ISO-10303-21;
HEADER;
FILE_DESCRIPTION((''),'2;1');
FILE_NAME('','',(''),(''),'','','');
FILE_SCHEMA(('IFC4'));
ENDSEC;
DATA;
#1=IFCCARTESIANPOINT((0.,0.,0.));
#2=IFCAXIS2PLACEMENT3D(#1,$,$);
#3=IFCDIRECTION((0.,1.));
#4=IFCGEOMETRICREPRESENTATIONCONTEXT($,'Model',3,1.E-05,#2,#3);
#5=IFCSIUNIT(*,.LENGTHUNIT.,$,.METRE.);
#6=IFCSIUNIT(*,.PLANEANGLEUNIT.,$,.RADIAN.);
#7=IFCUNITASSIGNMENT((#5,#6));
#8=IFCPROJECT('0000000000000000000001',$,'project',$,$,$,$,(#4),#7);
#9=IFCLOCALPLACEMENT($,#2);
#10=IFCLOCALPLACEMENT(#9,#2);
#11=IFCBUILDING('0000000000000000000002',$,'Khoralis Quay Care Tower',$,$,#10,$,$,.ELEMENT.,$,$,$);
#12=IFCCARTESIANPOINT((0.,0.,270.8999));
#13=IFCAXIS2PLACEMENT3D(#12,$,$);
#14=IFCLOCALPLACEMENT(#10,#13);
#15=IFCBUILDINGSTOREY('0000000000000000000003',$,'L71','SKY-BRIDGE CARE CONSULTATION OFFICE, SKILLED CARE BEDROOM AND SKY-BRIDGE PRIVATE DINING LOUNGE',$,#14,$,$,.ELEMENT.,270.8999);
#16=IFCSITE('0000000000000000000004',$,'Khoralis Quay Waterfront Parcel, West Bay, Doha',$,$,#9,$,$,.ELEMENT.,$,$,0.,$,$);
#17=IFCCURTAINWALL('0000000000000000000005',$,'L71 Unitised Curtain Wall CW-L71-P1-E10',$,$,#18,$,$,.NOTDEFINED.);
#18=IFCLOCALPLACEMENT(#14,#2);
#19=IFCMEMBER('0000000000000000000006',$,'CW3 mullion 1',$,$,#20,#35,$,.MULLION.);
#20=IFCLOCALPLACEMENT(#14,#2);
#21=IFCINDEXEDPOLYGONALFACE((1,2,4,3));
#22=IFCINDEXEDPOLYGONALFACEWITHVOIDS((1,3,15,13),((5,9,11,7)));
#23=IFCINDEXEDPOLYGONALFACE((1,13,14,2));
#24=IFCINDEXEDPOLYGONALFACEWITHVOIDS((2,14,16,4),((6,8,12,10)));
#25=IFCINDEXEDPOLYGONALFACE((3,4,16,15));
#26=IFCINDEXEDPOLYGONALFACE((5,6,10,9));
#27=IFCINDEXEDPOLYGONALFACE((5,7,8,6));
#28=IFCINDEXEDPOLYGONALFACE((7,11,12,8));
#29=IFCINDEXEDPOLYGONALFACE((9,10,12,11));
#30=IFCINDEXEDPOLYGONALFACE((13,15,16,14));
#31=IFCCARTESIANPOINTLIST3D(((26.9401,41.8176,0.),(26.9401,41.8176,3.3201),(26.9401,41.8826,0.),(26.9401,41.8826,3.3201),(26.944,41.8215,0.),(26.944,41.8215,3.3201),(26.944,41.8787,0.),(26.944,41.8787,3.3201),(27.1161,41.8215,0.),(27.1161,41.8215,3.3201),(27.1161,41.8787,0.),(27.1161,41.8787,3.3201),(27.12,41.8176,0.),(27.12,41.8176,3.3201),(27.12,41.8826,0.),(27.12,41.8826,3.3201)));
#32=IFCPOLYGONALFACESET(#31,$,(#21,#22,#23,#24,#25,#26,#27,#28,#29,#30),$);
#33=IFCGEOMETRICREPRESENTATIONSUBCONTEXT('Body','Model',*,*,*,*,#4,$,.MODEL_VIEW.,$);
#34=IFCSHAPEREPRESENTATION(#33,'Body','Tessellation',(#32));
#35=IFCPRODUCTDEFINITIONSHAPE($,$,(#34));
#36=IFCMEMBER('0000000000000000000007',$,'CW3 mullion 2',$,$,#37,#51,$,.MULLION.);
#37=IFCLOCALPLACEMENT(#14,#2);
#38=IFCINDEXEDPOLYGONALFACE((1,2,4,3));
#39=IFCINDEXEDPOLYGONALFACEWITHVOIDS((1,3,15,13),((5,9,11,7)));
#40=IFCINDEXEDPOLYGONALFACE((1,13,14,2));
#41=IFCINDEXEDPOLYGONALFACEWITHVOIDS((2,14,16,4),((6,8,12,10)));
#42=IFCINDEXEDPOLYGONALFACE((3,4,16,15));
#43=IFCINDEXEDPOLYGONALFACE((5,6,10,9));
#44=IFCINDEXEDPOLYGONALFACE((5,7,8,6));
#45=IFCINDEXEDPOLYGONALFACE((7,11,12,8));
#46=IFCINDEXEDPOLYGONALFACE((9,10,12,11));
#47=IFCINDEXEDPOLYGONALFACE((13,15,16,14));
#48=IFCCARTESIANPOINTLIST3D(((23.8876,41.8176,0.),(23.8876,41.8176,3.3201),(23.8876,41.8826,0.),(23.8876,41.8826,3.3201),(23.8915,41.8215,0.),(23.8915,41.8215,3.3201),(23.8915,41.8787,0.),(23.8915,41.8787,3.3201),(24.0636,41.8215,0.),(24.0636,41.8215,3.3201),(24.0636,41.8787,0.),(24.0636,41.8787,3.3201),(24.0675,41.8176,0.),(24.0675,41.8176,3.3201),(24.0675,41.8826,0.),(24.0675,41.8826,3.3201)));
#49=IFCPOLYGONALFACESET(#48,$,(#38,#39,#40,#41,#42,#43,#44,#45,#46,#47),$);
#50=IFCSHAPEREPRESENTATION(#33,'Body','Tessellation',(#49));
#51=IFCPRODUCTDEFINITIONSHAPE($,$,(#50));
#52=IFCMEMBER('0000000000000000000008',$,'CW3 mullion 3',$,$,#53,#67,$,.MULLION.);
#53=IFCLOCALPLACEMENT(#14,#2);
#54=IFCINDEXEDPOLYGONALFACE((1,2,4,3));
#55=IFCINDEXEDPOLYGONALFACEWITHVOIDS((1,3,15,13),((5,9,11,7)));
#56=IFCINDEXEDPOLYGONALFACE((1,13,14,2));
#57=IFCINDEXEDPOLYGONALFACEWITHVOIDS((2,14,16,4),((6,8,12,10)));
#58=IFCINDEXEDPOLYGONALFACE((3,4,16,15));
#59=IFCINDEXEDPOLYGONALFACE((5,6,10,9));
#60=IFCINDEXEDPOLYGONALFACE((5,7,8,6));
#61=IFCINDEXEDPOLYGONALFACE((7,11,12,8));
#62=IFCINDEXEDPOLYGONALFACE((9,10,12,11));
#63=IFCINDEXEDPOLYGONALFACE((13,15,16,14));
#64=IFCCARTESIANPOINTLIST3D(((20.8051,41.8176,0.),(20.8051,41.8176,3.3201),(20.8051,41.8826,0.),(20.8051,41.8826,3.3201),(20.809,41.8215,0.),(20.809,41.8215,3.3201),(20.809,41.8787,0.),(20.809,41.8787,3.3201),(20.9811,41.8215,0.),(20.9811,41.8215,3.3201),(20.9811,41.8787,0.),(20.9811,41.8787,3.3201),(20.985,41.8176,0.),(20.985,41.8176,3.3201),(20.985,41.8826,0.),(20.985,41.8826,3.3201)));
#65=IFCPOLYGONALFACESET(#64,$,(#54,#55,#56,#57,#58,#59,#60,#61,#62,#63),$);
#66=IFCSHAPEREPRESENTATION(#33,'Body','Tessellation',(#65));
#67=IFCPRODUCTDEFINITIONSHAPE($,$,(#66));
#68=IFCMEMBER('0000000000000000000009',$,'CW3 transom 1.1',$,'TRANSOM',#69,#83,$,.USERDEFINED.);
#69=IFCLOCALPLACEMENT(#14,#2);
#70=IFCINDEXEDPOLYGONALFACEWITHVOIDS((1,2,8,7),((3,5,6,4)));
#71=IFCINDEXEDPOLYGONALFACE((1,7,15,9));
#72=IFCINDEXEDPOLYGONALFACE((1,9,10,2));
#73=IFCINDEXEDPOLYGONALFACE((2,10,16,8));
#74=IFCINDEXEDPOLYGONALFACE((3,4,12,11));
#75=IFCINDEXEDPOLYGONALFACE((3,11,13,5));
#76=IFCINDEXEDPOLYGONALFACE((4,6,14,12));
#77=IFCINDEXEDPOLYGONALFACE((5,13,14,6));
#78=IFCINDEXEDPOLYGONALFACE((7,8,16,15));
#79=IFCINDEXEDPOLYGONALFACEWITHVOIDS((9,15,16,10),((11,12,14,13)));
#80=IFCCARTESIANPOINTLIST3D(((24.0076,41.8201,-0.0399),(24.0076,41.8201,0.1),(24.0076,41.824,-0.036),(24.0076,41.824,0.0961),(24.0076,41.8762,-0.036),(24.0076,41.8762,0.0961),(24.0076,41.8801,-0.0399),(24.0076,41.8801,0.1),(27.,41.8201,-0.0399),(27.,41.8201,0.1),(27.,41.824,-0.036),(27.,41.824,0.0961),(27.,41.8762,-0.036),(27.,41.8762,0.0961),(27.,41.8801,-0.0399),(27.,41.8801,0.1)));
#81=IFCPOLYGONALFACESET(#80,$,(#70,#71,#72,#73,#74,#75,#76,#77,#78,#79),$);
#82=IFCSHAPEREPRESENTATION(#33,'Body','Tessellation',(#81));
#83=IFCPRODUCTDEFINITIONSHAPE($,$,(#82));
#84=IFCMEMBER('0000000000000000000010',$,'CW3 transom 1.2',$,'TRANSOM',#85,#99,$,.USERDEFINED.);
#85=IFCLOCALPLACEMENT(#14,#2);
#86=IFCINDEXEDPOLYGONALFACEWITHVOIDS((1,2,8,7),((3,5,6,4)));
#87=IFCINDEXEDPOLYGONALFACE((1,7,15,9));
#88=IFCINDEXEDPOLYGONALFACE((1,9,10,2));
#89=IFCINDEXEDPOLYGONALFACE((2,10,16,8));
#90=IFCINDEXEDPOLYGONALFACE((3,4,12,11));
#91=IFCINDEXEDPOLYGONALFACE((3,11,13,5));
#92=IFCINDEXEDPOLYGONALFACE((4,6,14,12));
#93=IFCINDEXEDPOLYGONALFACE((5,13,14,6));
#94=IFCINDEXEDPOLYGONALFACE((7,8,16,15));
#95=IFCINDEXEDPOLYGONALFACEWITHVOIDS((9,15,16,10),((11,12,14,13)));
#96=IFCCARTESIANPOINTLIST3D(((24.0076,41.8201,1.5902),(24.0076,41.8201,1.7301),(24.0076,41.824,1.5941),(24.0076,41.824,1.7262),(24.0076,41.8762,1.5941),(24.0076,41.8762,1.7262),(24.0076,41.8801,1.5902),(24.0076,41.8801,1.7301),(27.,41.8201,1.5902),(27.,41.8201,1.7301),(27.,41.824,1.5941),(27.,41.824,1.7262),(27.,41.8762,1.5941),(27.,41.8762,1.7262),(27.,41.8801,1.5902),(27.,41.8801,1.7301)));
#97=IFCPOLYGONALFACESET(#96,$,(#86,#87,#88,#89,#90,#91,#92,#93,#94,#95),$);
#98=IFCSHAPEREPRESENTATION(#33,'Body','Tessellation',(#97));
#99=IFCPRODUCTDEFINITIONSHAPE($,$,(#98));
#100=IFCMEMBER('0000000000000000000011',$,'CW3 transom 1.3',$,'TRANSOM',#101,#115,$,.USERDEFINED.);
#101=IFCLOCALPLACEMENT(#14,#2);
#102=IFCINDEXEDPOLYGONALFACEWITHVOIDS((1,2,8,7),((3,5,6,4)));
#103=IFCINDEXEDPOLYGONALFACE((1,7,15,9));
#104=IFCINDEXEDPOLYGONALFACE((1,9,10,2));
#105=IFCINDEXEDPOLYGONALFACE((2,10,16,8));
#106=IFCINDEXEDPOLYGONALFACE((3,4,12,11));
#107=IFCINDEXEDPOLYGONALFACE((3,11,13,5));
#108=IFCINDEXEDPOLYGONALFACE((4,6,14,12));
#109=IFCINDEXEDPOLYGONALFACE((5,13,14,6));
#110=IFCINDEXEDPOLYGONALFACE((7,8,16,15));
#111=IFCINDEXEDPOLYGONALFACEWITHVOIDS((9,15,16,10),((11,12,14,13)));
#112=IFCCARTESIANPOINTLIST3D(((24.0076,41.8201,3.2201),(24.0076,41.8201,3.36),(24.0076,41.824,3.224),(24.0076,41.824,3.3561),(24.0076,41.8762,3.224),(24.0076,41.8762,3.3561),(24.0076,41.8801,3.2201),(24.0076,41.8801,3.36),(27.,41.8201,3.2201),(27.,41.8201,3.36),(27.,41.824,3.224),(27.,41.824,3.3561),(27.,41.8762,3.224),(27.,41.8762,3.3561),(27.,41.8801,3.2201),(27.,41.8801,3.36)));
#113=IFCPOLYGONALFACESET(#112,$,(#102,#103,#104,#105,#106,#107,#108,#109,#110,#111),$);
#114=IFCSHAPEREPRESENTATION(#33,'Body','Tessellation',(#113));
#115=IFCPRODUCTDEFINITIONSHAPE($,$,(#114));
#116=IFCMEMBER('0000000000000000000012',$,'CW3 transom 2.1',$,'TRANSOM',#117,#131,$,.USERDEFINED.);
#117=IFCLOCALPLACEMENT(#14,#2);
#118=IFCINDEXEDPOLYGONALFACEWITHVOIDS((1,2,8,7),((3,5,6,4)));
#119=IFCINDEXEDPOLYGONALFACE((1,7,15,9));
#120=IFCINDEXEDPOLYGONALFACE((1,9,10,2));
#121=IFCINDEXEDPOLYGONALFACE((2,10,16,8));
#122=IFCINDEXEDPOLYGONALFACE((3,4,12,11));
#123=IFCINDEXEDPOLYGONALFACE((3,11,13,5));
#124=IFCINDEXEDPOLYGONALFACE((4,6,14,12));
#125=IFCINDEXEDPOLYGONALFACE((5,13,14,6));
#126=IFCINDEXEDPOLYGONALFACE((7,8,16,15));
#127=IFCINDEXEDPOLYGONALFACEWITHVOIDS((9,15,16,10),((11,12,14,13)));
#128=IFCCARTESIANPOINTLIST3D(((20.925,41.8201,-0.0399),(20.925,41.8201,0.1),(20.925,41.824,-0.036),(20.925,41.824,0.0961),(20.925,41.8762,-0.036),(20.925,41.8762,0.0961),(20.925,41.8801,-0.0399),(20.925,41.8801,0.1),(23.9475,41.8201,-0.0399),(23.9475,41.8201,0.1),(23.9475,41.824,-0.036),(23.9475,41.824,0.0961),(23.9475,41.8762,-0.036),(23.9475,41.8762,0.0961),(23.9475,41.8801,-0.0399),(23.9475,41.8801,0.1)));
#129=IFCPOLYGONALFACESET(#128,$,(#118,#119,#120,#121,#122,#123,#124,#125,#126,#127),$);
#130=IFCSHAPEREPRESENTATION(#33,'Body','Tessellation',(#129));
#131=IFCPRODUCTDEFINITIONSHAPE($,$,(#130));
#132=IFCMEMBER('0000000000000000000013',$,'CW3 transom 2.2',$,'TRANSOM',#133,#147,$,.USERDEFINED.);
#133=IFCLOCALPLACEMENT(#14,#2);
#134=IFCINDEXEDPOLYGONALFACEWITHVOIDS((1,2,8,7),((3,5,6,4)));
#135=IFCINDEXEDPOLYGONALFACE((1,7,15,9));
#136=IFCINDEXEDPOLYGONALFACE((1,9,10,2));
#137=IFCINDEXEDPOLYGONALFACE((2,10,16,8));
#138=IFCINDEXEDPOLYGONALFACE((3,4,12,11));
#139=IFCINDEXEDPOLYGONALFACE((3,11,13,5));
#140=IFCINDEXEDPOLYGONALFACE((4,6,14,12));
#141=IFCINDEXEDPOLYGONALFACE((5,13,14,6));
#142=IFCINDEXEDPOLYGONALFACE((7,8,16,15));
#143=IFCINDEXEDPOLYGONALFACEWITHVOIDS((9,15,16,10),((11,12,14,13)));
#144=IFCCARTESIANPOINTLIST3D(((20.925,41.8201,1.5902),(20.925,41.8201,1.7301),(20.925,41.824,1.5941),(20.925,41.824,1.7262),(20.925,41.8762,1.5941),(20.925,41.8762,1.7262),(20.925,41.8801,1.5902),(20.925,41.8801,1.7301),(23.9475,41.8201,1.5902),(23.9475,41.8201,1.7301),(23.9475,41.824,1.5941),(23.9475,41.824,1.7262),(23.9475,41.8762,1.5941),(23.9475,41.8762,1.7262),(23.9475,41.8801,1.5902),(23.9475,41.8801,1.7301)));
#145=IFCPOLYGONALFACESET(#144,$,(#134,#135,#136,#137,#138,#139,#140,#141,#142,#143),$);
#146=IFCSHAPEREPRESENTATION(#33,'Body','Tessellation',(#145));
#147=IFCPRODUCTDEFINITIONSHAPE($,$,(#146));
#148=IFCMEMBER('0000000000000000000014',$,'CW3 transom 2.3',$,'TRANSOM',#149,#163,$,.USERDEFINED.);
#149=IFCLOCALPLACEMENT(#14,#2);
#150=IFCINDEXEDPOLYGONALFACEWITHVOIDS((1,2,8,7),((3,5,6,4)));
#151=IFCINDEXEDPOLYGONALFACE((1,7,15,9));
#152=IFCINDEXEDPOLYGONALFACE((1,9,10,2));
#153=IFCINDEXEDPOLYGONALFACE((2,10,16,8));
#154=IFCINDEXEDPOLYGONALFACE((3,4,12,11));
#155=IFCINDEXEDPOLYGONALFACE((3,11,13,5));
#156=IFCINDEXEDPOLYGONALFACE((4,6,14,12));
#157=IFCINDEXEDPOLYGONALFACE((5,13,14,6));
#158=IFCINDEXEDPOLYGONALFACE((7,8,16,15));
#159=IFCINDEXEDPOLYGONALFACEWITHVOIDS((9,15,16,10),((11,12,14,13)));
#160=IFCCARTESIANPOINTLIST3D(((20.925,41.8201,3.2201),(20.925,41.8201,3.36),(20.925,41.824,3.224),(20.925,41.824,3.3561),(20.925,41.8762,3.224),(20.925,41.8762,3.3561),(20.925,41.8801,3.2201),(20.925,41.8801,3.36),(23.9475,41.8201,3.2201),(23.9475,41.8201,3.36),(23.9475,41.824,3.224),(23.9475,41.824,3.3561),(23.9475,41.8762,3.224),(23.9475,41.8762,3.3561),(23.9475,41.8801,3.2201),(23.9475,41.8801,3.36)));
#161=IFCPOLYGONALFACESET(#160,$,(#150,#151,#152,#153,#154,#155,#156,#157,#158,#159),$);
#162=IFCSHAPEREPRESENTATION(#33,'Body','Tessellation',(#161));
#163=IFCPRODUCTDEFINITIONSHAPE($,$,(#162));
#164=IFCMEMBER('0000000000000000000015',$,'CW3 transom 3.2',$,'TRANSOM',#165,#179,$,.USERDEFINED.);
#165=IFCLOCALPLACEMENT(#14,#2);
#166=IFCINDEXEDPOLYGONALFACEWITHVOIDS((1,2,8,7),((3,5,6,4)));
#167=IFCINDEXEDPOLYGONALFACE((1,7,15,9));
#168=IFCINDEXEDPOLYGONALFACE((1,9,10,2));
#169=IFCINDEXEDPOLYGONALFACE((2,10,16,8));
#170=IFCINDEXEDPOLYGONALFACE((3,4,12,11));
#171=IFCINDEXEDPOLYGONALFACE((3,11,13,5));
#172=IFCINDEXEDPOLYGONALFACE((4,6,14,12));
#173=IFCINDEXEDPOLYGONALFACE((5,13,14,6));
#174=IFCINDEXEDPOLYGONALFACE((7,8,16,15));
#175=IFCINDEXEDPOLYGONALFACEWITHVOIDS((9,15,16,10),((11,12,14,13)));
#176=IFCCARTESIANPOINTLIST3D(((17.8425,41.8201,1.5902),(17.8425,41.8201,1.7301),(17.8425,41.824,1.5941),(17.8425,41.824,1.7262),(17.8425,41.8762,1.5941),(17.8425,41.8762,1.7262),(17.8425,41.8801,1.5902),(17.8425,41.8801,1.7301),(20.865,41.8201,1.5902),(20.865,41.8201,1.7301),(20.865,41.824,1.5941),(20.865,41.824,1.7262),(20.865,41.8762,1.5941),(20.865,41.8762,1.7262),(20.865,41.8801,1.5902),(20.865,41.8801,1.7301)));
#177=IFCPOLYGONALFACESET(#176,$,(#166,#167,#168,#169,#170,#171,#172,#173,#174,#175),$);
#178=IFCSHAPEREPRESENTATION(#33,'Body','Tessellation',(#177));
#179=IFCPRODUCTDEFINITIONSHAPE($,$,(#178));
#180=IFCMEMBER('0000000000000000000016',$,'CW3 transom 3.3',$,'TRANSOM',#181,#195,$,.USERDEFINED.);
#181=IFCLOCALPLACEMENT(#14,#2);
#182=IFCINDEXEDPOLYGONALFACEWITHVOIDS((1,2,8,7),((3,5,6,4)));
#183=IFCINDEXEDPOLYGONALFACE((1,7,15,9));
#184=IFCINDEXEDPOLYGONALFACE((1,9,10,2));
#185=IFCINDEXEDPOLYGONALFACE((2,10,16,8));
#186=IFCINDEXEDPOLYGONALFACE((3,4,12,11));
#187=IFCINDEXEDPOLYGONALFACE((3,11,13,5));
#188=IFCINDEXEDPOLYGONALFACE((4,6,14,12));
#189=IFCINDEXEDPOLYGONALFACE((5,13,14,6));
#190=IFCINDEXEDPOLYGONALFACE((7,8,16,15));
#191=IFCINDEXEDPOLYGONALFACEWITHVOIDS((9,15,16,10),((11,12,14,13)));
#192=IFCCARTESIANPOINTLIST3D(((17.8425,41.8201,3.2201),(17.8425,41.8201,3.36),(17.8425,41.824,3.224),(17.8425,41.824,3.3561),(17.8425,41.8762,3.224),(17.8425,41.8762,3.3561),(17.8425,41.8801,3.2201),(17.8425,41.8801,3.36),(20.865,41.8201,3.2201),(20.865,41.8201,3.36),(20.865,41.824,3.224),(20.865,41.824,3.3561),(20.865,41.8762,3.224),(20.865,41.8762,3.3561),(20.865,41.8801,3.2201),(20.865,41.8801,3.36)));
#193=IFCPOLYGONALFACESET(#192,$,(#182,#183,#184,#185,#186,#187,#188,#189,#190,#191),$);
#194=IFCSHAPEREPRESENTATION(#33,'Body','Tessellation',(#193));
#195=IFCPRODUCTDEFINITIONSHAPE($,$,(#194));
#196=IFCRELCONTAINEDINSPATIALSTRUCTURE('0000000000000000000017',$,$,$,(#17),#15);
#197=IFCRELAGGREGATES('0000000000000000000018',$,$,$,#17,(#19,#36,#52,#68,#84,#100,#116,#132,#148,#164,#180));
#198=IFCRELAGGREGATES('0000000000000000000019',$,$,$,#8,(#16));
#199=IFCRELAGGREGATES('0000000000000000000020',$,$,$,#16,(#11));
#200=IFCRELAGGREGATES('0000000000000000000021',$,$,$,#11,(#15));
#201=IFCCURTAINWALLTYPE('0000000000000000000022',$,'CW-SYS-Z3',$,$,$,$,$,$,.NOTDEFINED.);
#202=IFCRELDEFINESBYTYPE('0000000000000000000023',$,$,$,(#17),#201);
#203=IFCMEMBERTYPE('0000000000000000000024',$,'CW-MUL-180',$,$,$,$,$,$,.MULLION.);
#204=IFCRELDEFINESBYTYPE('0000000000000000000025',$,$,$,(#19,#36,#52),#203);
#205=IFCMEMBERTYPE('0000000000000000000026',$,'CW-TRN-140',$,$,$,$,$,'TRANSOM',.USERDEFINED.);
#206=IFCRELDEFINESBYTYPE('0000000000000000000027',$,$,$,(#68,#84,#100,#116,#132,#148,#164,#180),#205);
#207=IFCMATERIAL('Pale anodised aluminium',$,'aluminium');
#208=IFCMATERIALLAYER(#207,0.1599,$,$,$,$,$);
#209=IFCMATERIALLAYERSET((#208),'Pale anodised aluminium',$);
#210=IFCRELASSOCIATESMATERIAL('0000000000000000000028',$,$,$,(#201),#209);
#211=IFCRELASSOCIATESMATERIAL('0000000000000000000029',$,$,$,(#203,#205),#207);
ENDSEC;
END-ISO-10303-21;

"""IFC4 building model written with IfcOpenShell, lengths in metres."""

from ifc_helpers import new_model, si_unit, direction, frame, origin, origin_2d, place, context, subcontext, project, spatial, hollow_rectangle, extrude, source, transform, mapped, material, layer, layer_set, material_profile, profile_set, type_object, element, aggregate, save


model = new_model("IFC4")

# Units and contexts
model_context = context("Model", 3, precision=1e-05, world=origin(), true_north=direction((0.0, 1.0)))
body_context = subcontext(model_context, "Body", "Model", "MODEL_VIEW")
ifc_project = project(units=[si_unit("LENGTHUNIT", "METRE"), si_unit("PLANEANGLEUNIT", "RADIAN")], contexts=[model_context])

# Site, building, storey
site_placement = place(None, origin())
site = spatial("IfcSite", under=ifc_project, at=site_placement, Name="Khoralis Quay Waterfront Parcel, West Bay, Doha", CompositionType="ELEMENT", RefElevation=0.0)
building_placement = place(site_placement, origin())
building = spatial("IfcBuilding", under=site, at=building_placement, Name="Khoralis Quay Care Tower", CompositionType="ELEMENT")
storey_placement = place(building_placement, frame((0.0, 0.0, 270.8999)))
storey = spatial("IfcBuildingStorey", under=building, at=storey_placement, Name="L71", Description="SKY-BRIDGE CARE CONSULTATION OFFICE, SKILLED CARE BEDROOM AND SKY-BRIDGE PRIVATE DINING LOUNGE", CompositionType="ELEMENT", Elevation=270.8999)

# Curtain wall, members
ifc_material_1 = material(Name="Pale anodised aluminium", Category="aluminium")
ifc_layer_1 = layer(ifc_material_1, 0.1599)
ifc_layer_set_1 = layer_set([ifc_layer_1], Name="Pale anodised aluminium")
curtain_wall_type = type_object("IfcCurtainWallType", Name="CW-SYS-Z3", PredefinedType="NOTDEFINED", material=ifc_layer_set_1)
curtain_wall_placement = place(storey_placement, origin())
curtain_wall = element("IfcCurtainWall", 1, at=curtain_wall_placement, inside=storey, type_object=curtain_wall_type, Name="L71 Unitised Curtain Wall CW-L71-P1-E10", PredefinedType="NOTDEFINED")
ifc_material_profile_1 = material_profile(ifc_material_1, hollow_rectangle(XDim=0.0649, YDim=0.1799, WallThickness=0.0039, at=origin_2d()), Name="Pale anodised aluminium")
ifc_profile_set_1 = profile_set([ifc_material_profile_1], Name="Pale anodised aluminium")
member_type_1 = type_object("IfcMemberType", Name="CW-MUL-180", PredefinedType="MULLION", material=ifc_profile_set_1)
shared_shape_1 = source(origin(), body_context, "Body", "SweptSolid", [
    extrude(hollow_rectangle(XDim=0.0649, YDim=0.1799, WallThickness=0.0039, at=origin_2d()), origin(), (0.0, 0.0, 1.0), 3.3201),
])
member_1_placement = place(storey_placement, frame((27.03, 41.8501, 0.0), z_axis=(0.0, 0.0, 1.0), x_axis=(0.0, -1.0, 0.0)))
member_1 = element("IfcMember", 2, at=member_1_placement, type_object=member_type_1, Name="CW3 mullion 1", PredefinedType="MULLION", context=body_context, shape_type="MappedRepresentation", body=[
    mapped(shared_shape_1, transform((0.0, 0.0, 0.0), scale=1.0)),
])
member_2_placement = place(storey_placement, frame((23.9775, 41.8501, 0.0), z_axis=(0.0, 0.0, 1.0), x_axis=(0.0, -1.0, 0.0)))
member_2 = element("IfcMember", 3, at=member_2_placement, type_object=member_type_1, Name="CW3 mullion 2", PredefinedType="MULLION", context=body_context, shape_type="MappedRepresentation", body=[
    mapped(shared_shape_1, transform((0.0, 0.0, 0.0), scale=1.0)),
])
member_3_placement = place(storey_placement, frame((20.895, 41.8501, 0.0), z_axis=(0.0, 0.0, 1.0), x_axis=(0.0, -1.0, 0.0)))
member_3 = element("IfcMember", 4, at=member_3_placement, type_object=member_type_1, Name="CW3 mullion 3", PredefinedType="MULLION", context=body_context, shape_type="MappedRepresentation", body=[
    mapped(shared_shape_1, transform((0.0, 0.0, 0.0), scale=1.0)),
])
ifc_material_profile_2 = material_profile(ifc_material_1, hollow_rectangle(XDim=0.0601, YDim=0.1399, WallThickness=0.0039, at=origin_2d()), Name="Pale anodised aluminium")
ifc_profile_set_2 = profile_set([ifc_material_profile_2], Name="Pale anodised aluminium")
member_type_2 = type_object("IfcMemberType", Name="CW-TRN-140", ElementType="TRANSOM", PredefinedType="USERDEFINED", material=ifc_profile_set_2)
shared_shape_2 = source(origin(), body_context, "Body", "SweptSolid", [
    extrude(hollow_rectangle(XDim=0.0601, YDim=0.1399, WallThickness=0.0039, at=origin_2d()), origin(), (0.0, 0.0, 1.0), 2.9924),
])
member_4_placement = place(storey_placement, frame((27.0, 41.8501, 0.03), z_axis=(-1.0, 0.0, 0.0), x_axis=(0.0, -1.0, 0.0)))
member_4 = element("IfcMember", 5, at=member_4_placement, type_object=member_type_2, Name="CW3 transom 1.1", ObjectType="TRANSOM", PredefinedType="USERDEFINED", context=body_context, shape_type="MappedRepresentation", body=[
    mapped(shared_shape_2, transform((0.0, 0.0, 0.0), scale=1.0)),
])
member_5_placement = place(storey_placement, frame((27.0, 41.8501, 1.6602), z_axis=(-1.0, 0.0, 0.0), x_axis=(0.0, -1.0, 0.0)))
member_5 = element("IfcMember", 6, at=member_5_placement, type_object=member_type_2, Name="CW3 transom 1.2", ObjectType="TRANSOM", PredefinedType="USERDEFINED", context=body_context, shape_type="MappedRepresentation", body=[
    mapped(shared_shape_2, transform((0.0, 0.0, 0.0), scale=1.0)),
])
member_6_placement = place(storey_placement, frame((27.0, 41.8501, 3.29), z_axis=(-1.0, 0.0, 0.0), x_axis=(0.0, -1.0, 0.0)))
member_6 = element("IfcMember", 7, at=member_6_placement, type_object=member_type_2, Name="CW3 transom 1.3", ObjectType="TRANSOM", PredefinedType="USERDEFINED", context=body_context, shape_type="MappedRepresentation", body=[
    mapped(shared_shape_2, transform((0.0, 0.0, 0.0), scale=1.0)),
])
shared_shape_3 = source(origin(), body_context, "Body", "SweptSolid", [
    extrude(hollow_rectangle(XDim=0.0601, YDim=0.1399, WallThickness=0.0039, at=origin_2d()), origin(), (0.0, 0.0, 1.0), 3.0225),
])
member_7_placement = place(storey_placement, frame((23.9475, 41.8501, 0.03), z_axis=(-1.0, 0.0, 0.0), x_axis=(0.0, -1.0, 0.0)))
member_7 = element("IfcMember", 8, at=member_7_placement, type_object=member_type_2, Name="CW3 transom 2.1", ObjectType="TRANSOM", PredefinedType="USERDEFINED", context=body_context, shape_type="MappedRepresentation", body=[
    mapped(shared_shape_3, transform((0.0, 0.0, 0.0), scale=1.0)),
])
member_8_placement = place(storey_placement, frame((23.9475, 41.8501, 1.6602), z_axis=(-1.0, 0.0, 0.0), x_axis=(0.0, -1.0, 0.0)))
member_8 = element("IfcMember", 9, at=member_8_placement, type_object=member_type_2, Name="CW3 transom 2.2", ObjectType="TRANSOM", PredefinedType="USERDEFINED", context=body_context, shape_type="MappedRepresentation", body=[
    mapped(shared_shape_3, transform((0.0, 0.0, 0.0), scale=1.0)),
])
member_9_placement = place(storey_placement, frame((23.9475, 41.8501, 3.29), z_axis=(-1.0, 0.0, 0.0), x_axis=(0.0, -1.0, 0.0)))
member_9 = element("IfcMember", 10, at=member_9_placement, type_object=member_type_2, Name="CW3 transom 2.3", ObjectType="TRANSOM", PredefinedType="USERDEFINED", context=body_context, shape_type="MappedRepresentation", body=[
    mapped(shared_shape_3, transform((0.0, 0.0, 0.0), scale=1.0)),
])
member_10_placement = place(storey_placement, frame((20.865, 41.8501, 1.6602), z_axis=(-1.0, 0.0, 0.0), x_axis=(0.0, -1.0, 0.0)))
member_10 = element("IfcMember", 11, at=member_10_placement, type_object=member_type_2, Name="CW3 transom 3.2", ObjectType="TRANSOM", PredefinedType="USERDEFINED", context=body_context, shape_type="MappedRepresentation", body=[
    mapped(shared_shape_3, transform((0.0, 0.0, 0.0), scale=1.0)),
])
member_11_placement = place(storey_placement, frame((20.865, 41.8501, 3.29), z_axis=(-1.0, 0.0, 0.0), x_axis=(0.0, -1.0, 0.0)))
member_11 = element("IfcMember", 12, at=member_11_placement, type_object=member_type_2, Name="CW3 transom 3.3", ObjectType="TRANSOM", PredefinedType="USERDEFINED", context=body_context, shape_type="MappedRepresentation", body=[
    mapped(shared_shape_3, transform((0.0, 0.0, 0.0), scale=1.0)),
])
aggregate(curtain_wall, [member_1, member_2, member_3, member_4, member_5, member_6, member_7, member_8, member_9, member_10, member_11])

save(model, "model.ifc")
